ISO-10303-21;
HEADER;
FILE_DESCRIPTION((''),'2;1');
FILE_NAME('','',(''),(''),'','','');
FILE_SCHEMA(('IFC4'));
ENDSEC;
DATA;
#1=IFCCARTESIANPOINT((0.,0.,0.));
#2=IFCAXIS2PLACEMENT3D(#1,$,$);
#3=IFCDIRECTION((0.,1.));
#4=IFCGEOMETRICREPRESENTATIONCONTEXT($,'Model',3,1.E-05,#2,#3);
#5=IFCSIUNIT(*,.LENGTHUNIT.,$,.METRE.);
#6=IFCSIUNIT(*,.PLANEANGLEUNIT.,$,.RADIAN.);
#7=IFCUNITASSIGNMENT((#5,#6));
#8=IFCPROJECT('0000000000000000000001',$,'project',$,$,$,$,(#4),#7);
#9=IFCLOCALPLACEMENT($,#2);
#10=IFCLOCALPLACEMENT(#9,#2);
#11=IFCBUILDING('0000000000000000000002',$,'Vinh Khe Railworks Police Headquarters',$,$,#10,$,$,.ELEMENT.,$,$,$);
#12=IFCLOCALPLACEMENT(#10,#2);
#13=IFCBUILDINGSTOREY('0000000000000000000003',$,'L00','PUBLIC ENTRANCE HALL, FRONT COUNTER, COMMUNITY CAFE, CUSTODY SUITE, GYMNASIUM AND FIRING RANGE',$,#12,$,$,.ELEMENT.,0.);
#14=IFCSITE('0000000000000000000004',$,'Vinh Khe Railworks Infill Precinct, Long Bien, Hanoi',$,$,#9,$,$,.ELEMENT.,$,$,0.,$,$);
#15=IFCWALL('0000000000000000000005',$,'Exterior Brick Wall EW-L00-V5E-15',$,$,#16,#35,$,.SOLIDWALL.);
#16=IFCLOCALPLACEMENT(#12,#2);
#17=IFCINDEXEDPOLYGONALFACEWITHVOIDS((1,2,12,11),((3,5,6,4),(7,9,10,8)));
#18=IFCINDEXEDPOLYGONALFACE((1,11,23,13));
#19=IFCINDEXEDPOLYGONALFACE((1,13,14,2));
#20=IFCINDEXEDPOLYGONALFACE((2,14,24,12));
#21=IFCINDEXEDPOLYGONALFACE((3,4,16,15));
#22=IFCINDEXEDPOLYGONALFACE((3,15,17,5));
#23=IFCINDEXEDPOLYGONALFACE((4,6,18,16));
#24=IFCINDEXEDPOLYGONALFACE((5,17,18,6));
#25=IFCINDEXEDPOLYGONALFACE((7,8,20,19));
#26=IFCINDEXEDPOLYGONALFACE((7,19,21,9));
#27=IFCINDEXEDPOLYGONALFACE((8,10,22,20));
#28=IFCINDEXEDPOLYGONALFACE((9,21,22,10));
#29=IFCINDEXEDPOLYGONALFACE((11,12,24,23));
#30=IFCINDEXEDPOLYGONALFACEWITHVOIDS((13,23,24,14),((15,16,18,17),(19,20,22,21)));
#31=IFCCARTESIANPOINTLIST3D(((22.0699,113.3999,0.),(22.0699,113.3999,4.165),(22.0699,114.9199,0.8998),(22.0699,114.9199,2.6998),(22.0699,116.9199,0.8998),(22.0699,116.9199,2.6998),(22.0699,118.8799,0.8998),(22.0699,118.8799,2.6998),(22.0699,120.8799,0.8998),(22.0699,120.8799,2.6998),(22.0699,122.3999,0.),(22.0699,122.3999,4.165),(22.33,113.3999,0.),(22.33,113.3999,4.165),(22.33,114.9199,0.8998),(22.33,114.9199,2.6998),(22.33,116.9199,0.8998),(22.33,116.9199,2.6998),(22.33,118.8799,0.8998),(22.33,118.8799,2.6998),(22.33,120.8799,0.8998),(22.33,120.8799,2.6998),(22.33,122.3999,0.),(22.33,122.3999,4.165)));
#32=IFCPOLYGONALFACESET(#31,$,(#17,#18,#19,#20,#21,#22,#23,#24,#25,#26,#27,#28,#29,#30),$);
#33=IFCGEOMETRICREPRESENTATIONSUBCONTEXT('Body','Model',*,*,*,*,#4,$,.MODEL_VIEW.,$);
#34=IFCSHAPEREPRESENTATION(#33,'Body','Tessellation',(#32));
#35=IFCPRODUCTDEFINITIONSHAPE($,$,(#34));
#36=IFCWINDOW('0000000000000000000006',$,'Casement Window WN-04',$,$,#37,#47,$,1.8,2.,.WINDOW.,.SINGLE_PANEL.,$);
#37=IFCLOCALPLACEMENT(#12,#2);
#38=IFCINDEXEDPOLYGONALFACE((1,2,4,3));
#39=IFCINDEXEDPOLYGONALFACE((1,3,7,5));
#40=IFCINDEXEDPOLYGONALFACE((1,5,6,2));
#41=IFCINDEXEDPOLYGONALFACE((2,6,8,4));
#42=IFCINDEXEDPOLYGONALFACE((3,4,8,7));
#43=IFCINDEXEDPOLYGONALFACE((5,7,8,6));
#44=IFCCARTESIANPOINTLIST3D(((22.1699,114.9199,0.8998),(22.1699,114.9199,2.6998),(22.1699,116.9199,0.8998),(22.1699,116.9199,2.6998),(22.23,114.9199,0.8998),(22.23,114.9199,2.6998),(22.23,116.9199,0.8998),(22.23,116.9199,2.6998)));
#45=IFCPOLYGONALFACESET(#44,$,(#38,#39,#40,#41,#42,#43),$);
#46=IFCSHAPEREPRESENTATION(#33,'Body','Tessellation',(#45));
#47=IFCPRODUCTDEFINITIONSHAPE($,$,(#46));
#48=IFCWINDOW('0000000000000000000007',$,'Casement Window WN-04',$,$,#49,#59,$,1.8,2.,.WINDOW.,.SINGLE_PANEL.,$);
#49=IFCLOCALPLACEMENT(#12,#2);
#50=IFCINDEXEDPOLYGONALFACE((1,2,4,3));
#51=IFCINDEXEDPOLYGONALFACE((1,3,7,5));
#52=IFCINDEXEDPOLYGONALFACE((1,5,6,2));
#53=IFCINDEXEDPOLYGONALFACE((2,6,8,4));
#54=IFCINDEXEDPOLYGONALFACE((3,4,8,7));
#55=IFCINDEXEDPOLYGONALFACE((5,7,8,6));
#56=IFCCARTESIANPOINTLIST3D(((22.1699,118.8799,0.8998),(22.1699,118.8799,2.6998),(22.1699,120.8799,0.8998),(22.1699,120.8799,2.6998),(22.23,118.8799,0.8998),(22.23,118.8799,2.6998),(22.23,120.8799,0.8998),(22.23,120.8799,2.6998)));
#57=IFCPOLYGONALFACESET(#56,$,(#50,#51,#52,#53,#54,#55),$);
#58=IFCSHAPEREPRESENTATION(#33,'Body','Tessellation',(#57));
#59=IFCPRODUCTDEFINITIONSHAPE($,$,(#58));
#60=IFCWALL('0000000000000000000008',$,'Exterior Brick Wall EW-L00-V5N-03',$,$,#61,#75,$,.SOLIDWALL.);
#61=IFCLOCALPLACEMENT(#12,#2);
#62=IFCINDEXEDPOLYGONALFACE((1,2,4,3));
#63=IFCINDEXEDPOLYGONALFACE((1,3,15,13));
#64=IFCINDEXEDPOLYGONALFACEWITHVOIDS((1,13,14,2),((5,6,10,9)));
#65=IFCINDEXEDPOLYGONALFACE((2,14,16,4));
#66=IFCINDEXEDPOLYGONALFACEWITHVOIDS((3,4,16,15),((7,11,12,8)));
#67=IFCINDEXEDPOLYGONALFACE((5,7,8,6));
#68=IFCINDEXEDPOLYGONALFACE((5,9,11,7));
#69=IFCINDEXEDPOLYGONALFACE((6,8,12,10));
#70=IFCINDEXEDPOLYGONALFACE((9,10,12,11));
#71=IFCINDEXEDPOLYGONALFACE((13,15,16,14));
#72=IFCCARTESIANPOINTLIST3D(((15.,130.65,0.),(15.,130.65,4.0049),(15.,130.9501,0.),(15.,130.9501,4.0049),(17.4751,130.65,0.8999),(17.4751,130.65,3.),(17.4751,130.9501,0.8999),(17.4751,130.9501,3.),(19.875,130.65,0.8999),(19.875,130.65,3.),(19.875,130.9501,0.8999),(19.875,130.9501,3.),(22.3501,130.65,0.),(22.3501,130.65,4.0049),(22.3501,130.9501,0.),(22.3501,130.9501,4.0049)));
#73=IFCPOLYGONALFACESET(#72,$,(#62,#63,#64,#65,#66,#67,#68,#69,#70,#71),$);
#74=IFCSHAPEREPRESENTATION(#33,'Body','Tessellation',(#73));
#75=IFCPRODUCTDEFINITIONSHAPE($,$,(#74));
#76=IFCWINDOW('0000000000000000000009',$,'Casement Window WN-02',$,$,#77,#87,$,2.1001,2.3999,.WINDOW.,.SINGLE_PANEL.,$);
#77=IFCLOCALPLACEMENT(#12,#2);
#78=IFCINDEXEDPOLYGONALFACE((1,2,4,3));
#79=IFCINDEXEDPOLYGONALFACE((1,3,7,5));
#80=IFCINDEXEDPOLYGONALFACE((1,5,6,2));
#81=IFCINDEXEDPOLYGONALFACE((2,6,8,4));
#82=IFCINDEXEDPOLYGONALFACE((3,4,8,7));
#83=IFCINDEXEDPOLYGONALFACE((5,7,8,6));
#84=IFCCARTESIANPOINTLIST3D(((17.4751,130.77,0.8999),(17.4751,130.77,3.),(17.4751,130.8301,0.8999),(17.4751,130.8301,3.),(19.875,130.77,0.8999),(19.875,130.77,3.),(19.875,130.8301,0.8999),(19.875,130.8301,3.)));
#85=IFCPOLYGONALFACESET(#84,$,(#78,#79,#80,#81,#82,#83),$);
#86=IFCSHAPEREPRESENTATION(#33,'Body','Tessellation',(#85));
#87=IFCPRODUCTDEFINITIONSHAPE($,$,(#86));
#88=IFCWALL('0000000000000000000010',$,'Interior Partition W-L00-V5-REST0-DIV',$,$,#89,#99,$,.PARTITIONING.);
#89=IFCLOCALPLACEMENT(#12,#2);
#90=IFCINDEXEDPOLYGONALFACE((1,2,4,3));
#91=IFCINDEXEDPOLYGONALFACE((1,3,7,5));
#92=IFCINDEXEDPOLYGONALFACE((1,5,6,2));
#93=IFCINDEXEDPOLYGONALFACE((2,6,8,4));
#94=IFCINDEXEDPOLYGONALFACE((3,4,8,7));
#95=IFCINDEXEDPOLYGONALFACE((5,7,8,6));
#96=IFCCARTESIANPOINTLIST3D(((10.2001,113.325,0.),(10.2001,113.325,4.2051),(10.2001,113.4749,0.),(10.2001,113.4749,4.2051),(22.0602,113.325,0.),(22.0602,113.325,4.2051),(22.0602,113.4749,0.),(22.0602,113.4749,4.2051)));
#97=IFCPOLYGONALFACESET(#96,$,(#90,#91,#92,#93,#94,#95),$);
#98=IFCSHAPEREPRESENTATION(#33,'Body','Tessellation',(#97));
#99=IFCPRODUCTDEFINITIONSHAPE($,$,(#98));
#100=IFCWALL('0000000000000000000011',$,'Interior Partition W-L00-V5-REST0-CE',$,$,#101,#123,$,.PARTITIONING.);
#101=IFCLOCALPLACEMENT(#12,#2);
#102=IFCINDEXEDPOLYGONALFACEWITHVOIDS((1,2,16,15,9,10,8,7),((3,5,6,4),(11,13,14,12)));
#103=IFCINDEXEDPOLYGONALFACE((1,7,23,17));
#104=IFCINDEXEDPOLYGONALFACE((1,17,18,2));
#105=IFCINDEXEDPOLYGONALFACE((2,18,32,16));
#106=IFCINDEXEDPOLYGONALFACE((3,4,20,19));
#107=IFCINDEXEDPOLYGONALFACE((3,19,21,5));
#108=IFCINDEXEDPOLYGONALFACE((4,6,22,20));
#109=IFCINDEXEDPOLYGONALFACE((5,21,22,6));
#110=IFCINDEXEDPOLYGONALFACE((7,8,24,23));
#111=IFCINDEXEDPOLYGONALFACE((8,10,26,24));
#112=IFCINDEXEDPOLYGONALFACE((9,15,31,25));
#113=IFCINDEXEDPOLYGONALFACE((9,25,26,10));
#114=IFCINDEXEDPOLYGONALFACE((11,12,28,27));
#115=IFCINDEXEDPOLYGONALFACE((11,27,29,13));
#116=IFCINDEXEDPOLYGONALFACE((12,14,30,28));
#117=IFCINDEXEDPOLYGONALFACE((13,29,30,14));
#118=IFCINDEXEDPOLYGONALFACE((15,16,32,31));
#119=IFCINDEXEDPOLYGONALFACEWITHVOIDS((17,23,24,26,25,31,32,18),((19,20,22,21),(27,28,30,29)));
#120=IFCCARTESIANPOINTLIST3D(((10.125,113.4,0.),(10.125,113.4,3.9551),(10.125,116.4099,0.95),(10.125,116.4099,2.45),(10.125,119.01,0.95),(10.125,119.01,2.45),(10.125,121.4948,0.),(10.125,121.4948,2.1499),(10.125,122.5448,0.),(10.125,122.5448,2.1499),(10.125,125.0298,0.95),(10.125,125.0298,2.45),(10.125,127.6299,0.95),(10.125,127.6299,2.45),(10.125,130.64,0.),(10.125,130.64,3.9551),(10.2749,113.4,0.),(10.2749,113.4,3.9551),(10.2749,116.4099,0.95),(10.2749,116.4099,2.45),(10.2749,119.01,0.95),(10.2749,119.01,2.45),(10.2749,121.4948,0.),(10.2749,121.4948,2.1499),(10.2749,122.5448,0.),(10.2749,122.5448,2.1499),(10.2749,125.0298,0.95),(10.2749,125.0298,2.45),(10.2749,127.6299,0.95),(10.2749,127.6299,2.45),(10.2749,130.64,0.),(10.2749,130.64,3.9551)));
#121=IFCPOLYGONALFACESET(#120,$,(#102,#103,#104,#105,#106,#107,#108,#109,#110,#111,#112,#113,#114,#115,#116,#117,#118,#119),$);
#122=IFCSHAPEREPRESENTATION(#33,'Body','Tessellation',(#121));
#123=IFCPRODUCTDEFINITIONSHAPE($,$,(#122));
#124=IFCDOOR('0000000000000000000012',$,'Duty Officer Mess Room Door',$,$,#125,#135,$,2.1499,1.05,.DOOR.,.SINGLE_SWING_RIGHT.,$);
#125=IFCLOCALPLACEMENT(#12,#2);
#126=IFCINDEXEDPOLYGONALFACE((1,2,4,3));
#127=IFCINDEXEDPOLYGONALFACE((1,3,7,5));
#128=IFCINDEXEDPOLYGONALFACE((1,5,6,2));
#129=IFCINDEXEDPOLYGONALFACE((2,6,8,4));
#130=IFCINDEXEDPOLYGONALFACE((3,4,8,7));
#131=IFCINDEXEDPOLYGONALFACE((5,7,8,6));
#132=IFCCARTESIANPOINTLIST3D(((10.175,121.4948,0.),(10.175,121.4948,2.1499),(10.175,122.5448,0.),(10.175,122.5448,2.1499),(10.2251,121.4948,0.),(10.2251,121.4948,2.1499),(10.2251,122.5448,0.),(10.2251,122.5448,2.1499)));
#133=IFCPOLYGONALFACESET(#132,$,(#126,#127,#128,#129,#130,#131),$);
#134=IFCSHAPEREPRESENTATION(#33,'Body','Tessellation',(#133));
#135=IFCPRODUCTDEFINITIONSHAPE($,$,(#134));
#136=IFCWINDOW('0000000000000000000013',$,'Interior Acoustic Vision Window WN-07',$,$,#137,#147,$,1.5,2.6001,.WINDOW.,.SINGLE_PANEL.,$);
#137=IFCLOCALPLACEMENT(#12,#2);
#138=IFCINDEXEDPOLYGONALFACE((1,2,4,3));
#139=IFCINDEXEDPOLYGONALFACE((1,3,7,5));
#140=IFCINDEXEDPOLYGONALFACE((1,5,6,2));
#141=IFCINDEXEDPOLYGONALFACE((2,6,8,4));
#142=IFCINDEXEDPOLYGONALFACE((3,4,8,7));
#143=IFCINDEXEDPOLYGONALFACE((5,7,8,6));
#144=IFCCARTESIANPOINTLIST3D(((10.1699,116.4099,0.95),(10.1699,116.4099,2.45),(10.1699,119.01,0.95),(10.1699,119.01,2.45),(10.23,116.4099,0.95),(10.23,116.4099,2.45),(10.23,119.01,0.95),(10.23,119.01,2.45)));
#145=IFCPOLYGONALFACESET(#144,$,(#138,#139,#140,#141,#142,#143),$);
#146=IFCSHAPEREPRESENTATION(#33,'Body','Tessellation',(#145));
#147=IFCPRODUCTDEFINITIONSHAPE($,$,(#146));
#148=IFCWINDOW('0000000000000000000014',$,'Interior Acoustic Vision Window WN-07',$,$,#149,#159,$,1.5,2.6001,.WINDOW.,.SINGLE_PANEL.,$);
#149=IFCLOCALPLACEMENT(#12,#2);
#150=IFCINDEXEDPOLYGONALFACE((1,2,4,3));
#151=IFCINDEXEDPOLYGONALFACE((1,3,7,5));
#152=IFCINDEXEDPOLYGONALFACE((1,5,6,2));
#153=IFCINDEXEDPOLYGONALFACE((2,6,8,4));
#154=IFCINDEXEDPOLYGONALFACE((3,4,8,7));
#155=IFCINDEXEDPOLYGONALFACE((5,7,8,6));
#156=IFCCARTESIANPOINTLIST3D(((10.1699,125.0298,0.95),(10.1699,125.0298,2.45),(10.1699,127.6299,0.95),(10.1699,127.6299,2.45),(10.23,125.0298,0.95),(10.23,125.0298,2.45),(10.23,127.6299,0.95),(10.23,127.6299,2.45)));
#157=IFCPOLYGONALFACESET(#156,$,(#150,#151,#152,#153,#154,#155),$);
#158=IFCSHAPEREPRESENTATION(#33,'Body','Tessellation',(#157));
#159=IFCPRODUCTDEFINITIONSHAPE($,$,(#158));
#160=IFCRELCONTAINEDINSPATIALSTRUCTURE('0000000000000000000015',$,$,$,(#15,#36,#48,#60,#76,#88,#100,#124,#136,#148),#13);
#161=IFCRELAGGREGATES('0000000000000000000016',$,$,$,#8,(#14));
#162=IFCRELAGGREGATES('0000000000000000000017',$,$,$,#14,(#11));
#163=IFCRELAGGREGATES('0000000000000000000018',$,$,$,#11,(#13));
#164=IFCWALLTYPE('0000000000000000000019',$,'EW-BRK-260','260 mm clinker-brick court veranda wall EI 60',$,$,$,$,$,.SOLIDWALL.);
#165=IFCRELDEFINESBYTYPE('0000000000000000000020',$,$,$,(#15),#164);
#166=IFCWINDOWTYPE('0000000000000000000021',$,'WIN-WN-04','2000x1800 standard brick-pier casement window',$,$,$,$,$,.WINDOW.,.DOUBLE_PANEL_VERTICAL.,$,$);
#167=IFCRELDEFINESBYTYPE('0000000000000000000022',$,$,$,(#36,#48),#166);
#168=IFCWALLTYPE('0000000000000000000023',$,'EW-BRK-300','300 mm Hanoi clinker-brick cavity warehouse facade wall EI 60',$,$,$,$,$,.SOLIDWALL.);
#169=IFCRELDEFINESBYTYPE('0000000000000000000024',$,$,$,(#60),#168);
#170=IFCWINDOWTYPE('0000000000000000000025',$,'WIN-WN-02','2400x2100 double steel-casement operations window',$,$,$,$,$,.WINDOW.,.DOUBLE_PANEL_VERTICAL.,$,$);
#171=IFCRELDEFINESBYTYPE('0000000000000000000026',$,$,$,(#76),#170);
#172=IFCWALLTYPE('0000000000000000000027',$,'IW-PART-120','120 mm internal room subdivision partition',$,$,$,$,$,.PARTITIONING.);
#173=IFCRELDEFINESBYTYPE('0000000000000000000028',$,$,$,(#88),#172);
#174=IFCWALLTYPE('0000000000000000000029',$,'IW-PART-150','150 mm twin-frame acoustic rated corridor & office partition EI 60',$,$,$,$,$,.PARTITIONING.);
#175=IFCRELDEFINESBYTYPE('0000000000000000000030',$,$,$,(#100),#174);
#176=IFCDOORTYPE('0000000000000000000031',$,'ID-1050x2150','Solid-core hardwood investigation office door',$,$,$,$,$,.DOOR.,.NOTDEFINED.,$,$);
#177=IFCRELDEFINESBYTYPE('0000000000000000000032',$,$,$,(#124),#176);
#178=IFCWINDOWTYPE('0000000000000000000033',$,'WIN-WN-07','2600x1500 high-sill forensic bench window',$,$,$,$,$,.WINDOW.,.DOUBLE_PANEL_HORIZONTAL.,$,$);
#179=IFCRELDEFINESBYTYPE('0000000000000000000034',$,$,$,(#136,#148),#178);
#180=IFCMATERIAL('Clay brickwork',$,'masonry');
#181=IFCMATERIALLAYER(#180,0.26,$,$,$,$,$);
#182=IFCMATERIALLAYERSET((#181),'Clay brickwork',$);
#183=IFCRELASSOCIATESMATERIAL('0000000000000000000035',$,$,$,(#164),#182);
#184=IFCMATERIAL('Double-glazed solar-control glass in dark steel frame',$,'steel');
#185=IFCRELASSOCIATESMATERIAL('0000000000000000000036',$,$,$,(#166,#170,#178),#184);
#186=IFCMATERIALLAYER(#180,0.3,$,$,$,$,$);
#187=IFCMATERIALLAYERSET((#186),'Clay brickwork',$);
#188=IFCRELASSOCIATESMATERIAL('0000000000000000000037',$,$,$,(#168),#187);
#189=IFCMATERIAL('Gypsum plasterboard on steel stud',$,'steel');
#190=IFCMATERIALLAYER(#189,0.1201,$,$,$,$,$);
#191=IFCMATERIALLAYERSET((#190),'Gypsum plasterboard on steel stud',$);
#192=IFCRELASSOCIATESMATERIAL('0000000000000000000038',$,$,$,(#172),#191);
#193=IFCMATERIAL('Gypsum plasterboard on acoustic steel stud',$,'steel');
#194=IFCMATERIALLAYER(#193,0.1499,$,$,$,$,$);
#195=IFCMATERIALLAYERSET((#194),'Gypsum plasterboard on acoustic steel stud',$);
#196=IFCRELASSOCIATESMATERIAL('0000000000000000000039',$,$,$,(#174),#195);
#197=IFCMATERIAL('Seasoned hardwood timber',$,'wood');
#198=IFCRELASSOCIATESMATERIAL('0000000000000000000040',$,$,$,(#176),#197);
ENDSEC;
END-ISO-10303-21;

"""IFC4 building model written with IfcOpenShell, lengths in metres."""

from ifc_helpers import new_model, si_unit, direction, frame, frame_2d, origin, place, context, subcontext, project, spatial, rectangle, extrude, material, layer, layer_set, type_object, element, fill, save


model = new_model("IFC4")

# Units and contexts
model_context = context("Model", 3, precision=1e-05, world=origin(), true_north=direction((0.0, 1.0)))
body_context = subcontext(model_context, "Body", "Model", "MODEL_VIEW")
ifc_project = project(units=[si_unit("LENGTHUNIT", "METRE"), si_unit("PLANEANGLEUNIT", "RADIAN")], contexts=[model_context])

# Site, building, storey
site_placement = place(None, origin())
site = spatial("IfcSite", under=ifc_project, at=site_placement, Name="Vinh Khe Railworks Infill Precinct, Long Bien, Hanoi", CompositionType="ELEMENT", RefElevation=0.0)
building_placement = place(site_placement, origin())
building = spatial("IfcBuilding", under=site, at=building_placement, Name="Vinh Khe Railworks Police Headquarters", CompositionType="ELEMENT")
storey_placement = place(building_placement, origin())
storey = spatial("IfcBuildingStorey", under=building, at=storey_placement, Name="L00", Description="PUBLIC ENTRANCE HALL, FRONT COUNTER, COMMUNITY CAFE, CUSTODY SUITE, GYMNASIUM AND FIRING RANGE", CompositionType="ELEMENT", Elevation=0.0)

# Wall, openings, windows
ifc_material_1 = material(Name="Clay brickwork", Category="masonry")
ifc_layer_1 = layer(ifc_material_1, 0.26)
ifc_layer_set_1 = layer_set([ifc_layer_1], Name="Clay brickwork")
wall_type_1 = type_object("IfcWallType", Name="EW-BRK-260", Description="260 mm clinker-brick court veranda wall EI 60", PredefinedType="SOLIDWALL", material=ifc_layer_set_1)
wall_1_placement = place(storey_placement, frame((22.2, 113.3999, 0.0), z_axis=(0.0, 0.0, 1.0), x_axis=(0.0, 1.0, 0.0)))
wall_1 = element("IfcWall", 1, at=wall_1_placement, inside=storey, type_object=wall_type_1, Name="Exterior Brick Wall EW-L00-V5E-15", PredefinedType="SOLIDWALL", context=body_context, shape_type="SweptSolid", body=[
    extrude(rectangle(XDim=9.0, YDim=0.26, at=frame_2d((4.5, 0.0))), origin(), (0.0, 0.0, 1.0), 4.165),
])
opening_1_placement = place(wall_1_placement, frame((1.52, 0.0, 0.8999)))
opening_1 = element("IfcOpeningElement", 2, at=opening_1_placement, cuts=wall_1, PredefinedType="OPENING", context=body_context, shape_type="SweptSolid", body=[
    extrude(rectangle(XDim=2.0, YDim=1.8, at=frame_2d((1.0, 0.8999))), frame((0.0, 0.145, 0.0), z_axis=(0.0, -1.0, 0.0), x_axis=(1.0, 0.0, 0.0)), (0.0, 0.0, 1.0), 0.2898),
])
opening_2_placement = place(wall_1_placement, frame((5.48, 0.0, 0.8999)))
opening_2 = element("IfcOpeningElement", 3, at=opening_2_placement, cuts=wall_1, PredefinedType="OPENING", context=body_context, shape_type="SweptSolid", body=[
    extrude(rectangle(XDim=2.0, YDim=1.8, at=frame_2d((1.0, 0.8999))), frame((0.0, 0.145, 0.0), z_axis=(0.0, -1.0, 0.0), x_axis=(1.0, 0.0, 0.0)), (0.0, 0.0, 1.0), 0.2898),
])
ifc_material_2 = material(Name="Double-glazed solar-control glass in dark steel frame", Category="steel")
window_type_1 = type_object("IfcWindowType", Name="WIN-WN-04", Description="2000x1800 standard brick-pier casement window", PartitioningType="DOUBLE_PANEL_VERTICAL", PredefinedType="WINDOW", material=ifc_material_2)
window_1_placement = place(opening_1_placement, origin())
window_1 = element("IfcWindow", 4, at=window_1_placement, inside=storey, type_object=window_type_1, Name="Casement Window WN-04", OverallHeight=1.8, OverallWidth=2.0, PartitioningType="SINGLE_PANEL", PredefinedType="WINDOW", context=body_context, shape_type="SweptSolid", body=[
    extrude(rectangle(XDim=2.0, YDim=1.8, at=frame_2d((1.0, 0.8999))), frame((0.0, 0.03, 0.0), z_axis=(0.0, -1.0, 0.0), x_axis=(1.0, 0.0, 0.0)), (0.0, 0.0, 1.0), 0.0601),
])
fill(opening_1, window_1)
window_2_placement = place(opening_2_placement, origin())
window_2 = element("IfcWindow", 5, at=window_2_placement, inside=storey, type_object=window_type_1, Name="Casement Window WN-04", OverallHeight=1.8, OverallWidth=2.0, PartitioningType="SINGLE_PANEL", PredefinedType="WINDOW", context=body_context, shape_type="SweptSolid", body=[
    extrude(rectangle(XDim=2.0, YDim=1.8, at=frame_2d((1.0, 0.8999))), frame((0.0, 0.03, 0.0), z_axis=(0.0, -1.0, 0.0), x_axis=(1.0, 0.0, 0.0)), (0.0, 0.0, 1.0), 0.0601),
])
fill(opening_2, window_2)

# Wall, opening, window
ifc_layer_2 = layer(ifc_material_1, 0.3)
ifc_layer_set_2 = layer_set([ifc_layer_2], Name="Clay brickwork")
wall_type_2 = type_object("IfcWallType", Name="EW-BRK-300", Description="300 mm Hanoi clinker-brick cavity warehouse facade wall EI 60", PredefinedType="SOLIDWALL", material=ifc_layer_set_2)
wall_2_placement = place(storey_placement, frame((15.0, 130.8, 0.0), z_axis=(0.0, 0.0, 1.0), x_axis=(1.0, 0.0, 0.0)))
wall_2 = element("IfcWall", 6, at=wall_2_placement, inside=storey, type_object=wall_type_2, Name="Exterior Brick Wall EW-L00-V5N-03", PredefinedType="SOLIDWALL", context=body_context, shape_type="SweptSolid", body=[
    extrude(rectangle(XDim=7.3501, YDim=0.3, at=frame_2d((3.675, 0.0))), origin(), (0.0, 0.0, 1.0), 4.0049),
])
opening_3_placement = place(wall_2_placement, frame((2.4751, 0.0, 0.8999)))
opening_3 = element("IfcOpeningElement", 7, at=opening_3_placement, cuts=wall_2, PredefinedType="OPENING", context=body_context, shape_type="SweptSolid", body=[
    extrude(rectangle(XDim=2.3999, YDim=2.1001, at=frame_2d((1.2, 1.05))), frame((0.0, 0.165, 0.0), z_axis=(0.0, -1.0, 0.0), x_axis=(1.0, 0.0, 0.0)), (0.0, 0.0, 1.0), 0.3298),
])
window_type_2 = type_object("IfcWindowType", Name="WIN-WN-02", Description="2400x2100 double steel-casement operations window", PartitioningType="DOUBLE_PANEL_VERTICAL", PredefinedType="WINDOW", material=ifc_material_2)
window_3_placement = place(opening_3_placement, origin())
window_3 = element("IfcWindow", 8, at=window_3_placement, inside=storey, type_object=window_type_2, Name="Casement Window WN-02", OverallHeight=2.1001, OverallWidth=2.3999, PartitioningType="SINGLE_PANEL", PredefinedType="WINDOW", context=body_context, shape_type="SweptSolid", body=[
    extrude(rectangle(XDim=2.3999, YDim=2.1001, at=frame_2d((1.2, 1.05))), frame((0.0, 0.03, 0.0), z_axis=(0.0, -1.0, 0.0), x_axis=(1.0, 0.0, 0.0)), (0.0, 0.0, 1.0), 0.0601),
])
fill(opening_3, window_3)

# Wall
ifc_material_3 = material(Name="Gypsum plasterboard on steel stud", Category="steel")
ifc_layer_3 = layer(ifc_material_3, 0.1201)
ifc_layer_set_3 = layer_set([ifc_layer_3], Name="Gypsum plasterboard on steel stud")
wall_type_3 = type_object("IfcWallType", Name="IW-PART-120", Description="120 mm internal room subdivision partition", PredefinedType="PARTITIONING", material=ifc_layer_set_3)
wall_3_placement = place(storey_placement, frame((10.2, 113.3999, 0.0), z_axis=(0.0, 0.0, 1.0), x_axis=(1.0, 0.0, 0.0)))
element("IfcWall", 9, at=wall_3_placement, inside=storey, type_object=wall_type_3, Name="Interior Partition W-L00-V5-REST0-DIV", PredefinedType="PARTITIONING", context=body_context, shape_type="SweptSolid", body=[
    extrude(rectangle(XDim=11.8601, YDim=0.1499, at=frame_2d((5.9302, 0.0))), origin(), (0.0, 0.0, 1.0), 4.2051),
])

# Wall, openings, door, windows
ifc_material_4 = material(Name="Gypsum plasterboard on acoustic steel stud", Category="steel")
ifc_layer_4 = layer(ifc_material_4, 0.1499)
ifc_layer_set_4 = layer_set([ifc_layer_4], Name="Gypsum plasterboard on acoustic steel stud")
wall_type_4 = type_object("IfcWallType", Name="IW-PART-150", Description="150 mm twin-frame acoustic rated corridor & office partition EI 60", PredefinedType="PARTITIONING", material=ifc_layer_set_4)
wall_4_placement = place(storey_placement, frame((10.2, 113.3999, 0.0), z_axis=(0.0, 0.0, 1.0), x_axis=(0.0, 1.0, 0.0)))
wall_4 = element("IfcWall", 10, at=wall_4_placement, inside=storey, type_object=wall_type_4, Name="Interior Partition W-L00-V5-REST0-CE", PredefinedType="PARTITIONING", context=body_context, shape_type="SweptSolid", body=[
    extrude(rectangle(XDim=17.24, YDim=0.1499, at=frame_2d((8.6201, 0.0))), origin(), (0.0, 0.0, 1.0), 3.9551),
])
opening_4_placement = place(wall_4_placement, frame((8.095, 0.0, 0.0)))
opening_4 = element("IfcOpeningElement", 11, at=opening_4_placement, cuts=wall_4, PredefinedType="OPENING", context=body_context, shape_type="SweptSolid", body=[
    extrude(rectangle(XDim=1.05, YDim=2.1499, at=frame_2d((0.5249, 1.075))), frame((0.0, 0.0898, 0.0), z_axis=(0.0, -1.0, 0.0), x_axis=(1.0, 0.0, 0.0)), (0.0, 0.0, 1.0), 0.1797),
])
opening_5_placement = place(wall_4_placement, frame((3.01, 0.0, 0.95)))
opening_5 = element("IfcOpeningElement", 12, at=opening_5_placement, cuts=wall_4, PredefinedType="OPENING", context=body_context, shape_type="SweptSolid", body=[
    extrude(rectangle(XDim=2.6001, YDim=1.5, at=frame_2d((1.3, 0.75))), frame((0.0, 0.0898, 0.0), z_axis=(0.0, -1.0, 0.0), x_axis=(1.0, 0.0, 0.0)), (0.0, 0.0, 1.0), 0.1797),
])
opening_6_placement = place(wall_4_placement, frame((11.6299, 0.0, 0.95)))
opening_6 = element("IfcOpeningElement", 13, at=opening_6_placement, cuts=wall_4, PredefinedType="OPENING", context=body_context, shape_type="SweptSolid", body=[
    extrude(rectangle(XDim=2.6001, YDim=1.5, at=frame_2d((1.3, 0.75))), frame((0.0, 0.0898, 0.0), z_axis=(0.0, -1.0, 0.0), x_axis=(1.0, 0.0, 0.0)), (0.0, 0.0, 1.0), 0.1797),
])
ifc_material_5 = material(Name="Seasoned hardwood timber", Category="wood")
door_type = type_object("IfcDoorType", Name="ID-1050x2150", Description="Solid-core hardwood investigation office door", OperationType="NOTDEFINED", PredefinedType="DOOR", material=ifc_material_5)
door_placement = place(opening_4_placement, origin())
door = element("IfcDoor", 14, at=door_placement, inside=storey, type_object=door_type, Name="Duty Officer Mess Room Door", OperationType="SINGLE_SWING_RIGHT", OverallHeight=2.1499, OverallWidth=1.05, PredefinedType="DOOR", context=body_context, shape_type="SweptSolid", body=[
    extrude(rectangle(XDim=1.05, YDim=2.1499, at=frame_2d((0.5249, 1.075))), frame((0.0, 0.0249, 0.0), z_axis=(0.0, -1.0, 0.0), x_axis=(1.0, 0.0, 0.0)), (0.0, 0.0, 1.0), 0.05),
])
fill(opening_4, door)
window_type_3 = type_object("IfcWindowType", Name="WIN-WN-07", Description="2600x1500 high-sill forensic bench window", PartitioningType="DOUBLE_PANEL_HORIZONTAL", PredefinedType="WINDOW", material=ifc_material_2)
window_4_placement = place(opening_5_placement, origin())
window_4 = element("IfcWindow", 15, at=window_4_placement, inside=storey, type_object=window_type_3, Name="Interior Acoustic Vision Window WN-07", OverallHeight=1.5, OverallWidth=2.6001, PartitioningType="SINGLE_PANEL", PredefinedType="WINDOW", context=body_context, shape_type="SweptSolid", body=[
    extrude(rectangle(XDim=2.6001, YDim=1.5, at=frame_2d((1.3, 0.75))), frame((0.0, 0.03, 0.0), z_axis=(0.0, -1.0, 0.0), x_axis=(1.0, 0.0, 0.0)), (0.0, 0.0, 1.0), 0.0601),
])
fill(opening_5, window_4)
window_5_placement = place(opening_6_placement, origin())
window_5 = element("IfcWindow", 16, at=window_5_placement, inside=storey, type_object=window_type_3, Name="Interior Acoustic Vision Window WN-07", OverallHeight=1.5, OverallWidth=2.6001, PartitioningType="SINGLE_PANEL", PredefinedType="WINDOW", context=body_context, shape_type="SweptSolid", body=[
    extrude(rectangle(XDim=2.6001, YDim=1.5, at=frame_2d((1.3, 0.75))), frame((0.0, 0.03, 0.0), z_axis=(0.0, -1.0, 0.0), x_axis=(1.0, 0.0, 0.0)), (0.0, 0.0, 1.0), 0.0601),
])
fill(opening_6, window_5)

save(model, "model.ifc")
